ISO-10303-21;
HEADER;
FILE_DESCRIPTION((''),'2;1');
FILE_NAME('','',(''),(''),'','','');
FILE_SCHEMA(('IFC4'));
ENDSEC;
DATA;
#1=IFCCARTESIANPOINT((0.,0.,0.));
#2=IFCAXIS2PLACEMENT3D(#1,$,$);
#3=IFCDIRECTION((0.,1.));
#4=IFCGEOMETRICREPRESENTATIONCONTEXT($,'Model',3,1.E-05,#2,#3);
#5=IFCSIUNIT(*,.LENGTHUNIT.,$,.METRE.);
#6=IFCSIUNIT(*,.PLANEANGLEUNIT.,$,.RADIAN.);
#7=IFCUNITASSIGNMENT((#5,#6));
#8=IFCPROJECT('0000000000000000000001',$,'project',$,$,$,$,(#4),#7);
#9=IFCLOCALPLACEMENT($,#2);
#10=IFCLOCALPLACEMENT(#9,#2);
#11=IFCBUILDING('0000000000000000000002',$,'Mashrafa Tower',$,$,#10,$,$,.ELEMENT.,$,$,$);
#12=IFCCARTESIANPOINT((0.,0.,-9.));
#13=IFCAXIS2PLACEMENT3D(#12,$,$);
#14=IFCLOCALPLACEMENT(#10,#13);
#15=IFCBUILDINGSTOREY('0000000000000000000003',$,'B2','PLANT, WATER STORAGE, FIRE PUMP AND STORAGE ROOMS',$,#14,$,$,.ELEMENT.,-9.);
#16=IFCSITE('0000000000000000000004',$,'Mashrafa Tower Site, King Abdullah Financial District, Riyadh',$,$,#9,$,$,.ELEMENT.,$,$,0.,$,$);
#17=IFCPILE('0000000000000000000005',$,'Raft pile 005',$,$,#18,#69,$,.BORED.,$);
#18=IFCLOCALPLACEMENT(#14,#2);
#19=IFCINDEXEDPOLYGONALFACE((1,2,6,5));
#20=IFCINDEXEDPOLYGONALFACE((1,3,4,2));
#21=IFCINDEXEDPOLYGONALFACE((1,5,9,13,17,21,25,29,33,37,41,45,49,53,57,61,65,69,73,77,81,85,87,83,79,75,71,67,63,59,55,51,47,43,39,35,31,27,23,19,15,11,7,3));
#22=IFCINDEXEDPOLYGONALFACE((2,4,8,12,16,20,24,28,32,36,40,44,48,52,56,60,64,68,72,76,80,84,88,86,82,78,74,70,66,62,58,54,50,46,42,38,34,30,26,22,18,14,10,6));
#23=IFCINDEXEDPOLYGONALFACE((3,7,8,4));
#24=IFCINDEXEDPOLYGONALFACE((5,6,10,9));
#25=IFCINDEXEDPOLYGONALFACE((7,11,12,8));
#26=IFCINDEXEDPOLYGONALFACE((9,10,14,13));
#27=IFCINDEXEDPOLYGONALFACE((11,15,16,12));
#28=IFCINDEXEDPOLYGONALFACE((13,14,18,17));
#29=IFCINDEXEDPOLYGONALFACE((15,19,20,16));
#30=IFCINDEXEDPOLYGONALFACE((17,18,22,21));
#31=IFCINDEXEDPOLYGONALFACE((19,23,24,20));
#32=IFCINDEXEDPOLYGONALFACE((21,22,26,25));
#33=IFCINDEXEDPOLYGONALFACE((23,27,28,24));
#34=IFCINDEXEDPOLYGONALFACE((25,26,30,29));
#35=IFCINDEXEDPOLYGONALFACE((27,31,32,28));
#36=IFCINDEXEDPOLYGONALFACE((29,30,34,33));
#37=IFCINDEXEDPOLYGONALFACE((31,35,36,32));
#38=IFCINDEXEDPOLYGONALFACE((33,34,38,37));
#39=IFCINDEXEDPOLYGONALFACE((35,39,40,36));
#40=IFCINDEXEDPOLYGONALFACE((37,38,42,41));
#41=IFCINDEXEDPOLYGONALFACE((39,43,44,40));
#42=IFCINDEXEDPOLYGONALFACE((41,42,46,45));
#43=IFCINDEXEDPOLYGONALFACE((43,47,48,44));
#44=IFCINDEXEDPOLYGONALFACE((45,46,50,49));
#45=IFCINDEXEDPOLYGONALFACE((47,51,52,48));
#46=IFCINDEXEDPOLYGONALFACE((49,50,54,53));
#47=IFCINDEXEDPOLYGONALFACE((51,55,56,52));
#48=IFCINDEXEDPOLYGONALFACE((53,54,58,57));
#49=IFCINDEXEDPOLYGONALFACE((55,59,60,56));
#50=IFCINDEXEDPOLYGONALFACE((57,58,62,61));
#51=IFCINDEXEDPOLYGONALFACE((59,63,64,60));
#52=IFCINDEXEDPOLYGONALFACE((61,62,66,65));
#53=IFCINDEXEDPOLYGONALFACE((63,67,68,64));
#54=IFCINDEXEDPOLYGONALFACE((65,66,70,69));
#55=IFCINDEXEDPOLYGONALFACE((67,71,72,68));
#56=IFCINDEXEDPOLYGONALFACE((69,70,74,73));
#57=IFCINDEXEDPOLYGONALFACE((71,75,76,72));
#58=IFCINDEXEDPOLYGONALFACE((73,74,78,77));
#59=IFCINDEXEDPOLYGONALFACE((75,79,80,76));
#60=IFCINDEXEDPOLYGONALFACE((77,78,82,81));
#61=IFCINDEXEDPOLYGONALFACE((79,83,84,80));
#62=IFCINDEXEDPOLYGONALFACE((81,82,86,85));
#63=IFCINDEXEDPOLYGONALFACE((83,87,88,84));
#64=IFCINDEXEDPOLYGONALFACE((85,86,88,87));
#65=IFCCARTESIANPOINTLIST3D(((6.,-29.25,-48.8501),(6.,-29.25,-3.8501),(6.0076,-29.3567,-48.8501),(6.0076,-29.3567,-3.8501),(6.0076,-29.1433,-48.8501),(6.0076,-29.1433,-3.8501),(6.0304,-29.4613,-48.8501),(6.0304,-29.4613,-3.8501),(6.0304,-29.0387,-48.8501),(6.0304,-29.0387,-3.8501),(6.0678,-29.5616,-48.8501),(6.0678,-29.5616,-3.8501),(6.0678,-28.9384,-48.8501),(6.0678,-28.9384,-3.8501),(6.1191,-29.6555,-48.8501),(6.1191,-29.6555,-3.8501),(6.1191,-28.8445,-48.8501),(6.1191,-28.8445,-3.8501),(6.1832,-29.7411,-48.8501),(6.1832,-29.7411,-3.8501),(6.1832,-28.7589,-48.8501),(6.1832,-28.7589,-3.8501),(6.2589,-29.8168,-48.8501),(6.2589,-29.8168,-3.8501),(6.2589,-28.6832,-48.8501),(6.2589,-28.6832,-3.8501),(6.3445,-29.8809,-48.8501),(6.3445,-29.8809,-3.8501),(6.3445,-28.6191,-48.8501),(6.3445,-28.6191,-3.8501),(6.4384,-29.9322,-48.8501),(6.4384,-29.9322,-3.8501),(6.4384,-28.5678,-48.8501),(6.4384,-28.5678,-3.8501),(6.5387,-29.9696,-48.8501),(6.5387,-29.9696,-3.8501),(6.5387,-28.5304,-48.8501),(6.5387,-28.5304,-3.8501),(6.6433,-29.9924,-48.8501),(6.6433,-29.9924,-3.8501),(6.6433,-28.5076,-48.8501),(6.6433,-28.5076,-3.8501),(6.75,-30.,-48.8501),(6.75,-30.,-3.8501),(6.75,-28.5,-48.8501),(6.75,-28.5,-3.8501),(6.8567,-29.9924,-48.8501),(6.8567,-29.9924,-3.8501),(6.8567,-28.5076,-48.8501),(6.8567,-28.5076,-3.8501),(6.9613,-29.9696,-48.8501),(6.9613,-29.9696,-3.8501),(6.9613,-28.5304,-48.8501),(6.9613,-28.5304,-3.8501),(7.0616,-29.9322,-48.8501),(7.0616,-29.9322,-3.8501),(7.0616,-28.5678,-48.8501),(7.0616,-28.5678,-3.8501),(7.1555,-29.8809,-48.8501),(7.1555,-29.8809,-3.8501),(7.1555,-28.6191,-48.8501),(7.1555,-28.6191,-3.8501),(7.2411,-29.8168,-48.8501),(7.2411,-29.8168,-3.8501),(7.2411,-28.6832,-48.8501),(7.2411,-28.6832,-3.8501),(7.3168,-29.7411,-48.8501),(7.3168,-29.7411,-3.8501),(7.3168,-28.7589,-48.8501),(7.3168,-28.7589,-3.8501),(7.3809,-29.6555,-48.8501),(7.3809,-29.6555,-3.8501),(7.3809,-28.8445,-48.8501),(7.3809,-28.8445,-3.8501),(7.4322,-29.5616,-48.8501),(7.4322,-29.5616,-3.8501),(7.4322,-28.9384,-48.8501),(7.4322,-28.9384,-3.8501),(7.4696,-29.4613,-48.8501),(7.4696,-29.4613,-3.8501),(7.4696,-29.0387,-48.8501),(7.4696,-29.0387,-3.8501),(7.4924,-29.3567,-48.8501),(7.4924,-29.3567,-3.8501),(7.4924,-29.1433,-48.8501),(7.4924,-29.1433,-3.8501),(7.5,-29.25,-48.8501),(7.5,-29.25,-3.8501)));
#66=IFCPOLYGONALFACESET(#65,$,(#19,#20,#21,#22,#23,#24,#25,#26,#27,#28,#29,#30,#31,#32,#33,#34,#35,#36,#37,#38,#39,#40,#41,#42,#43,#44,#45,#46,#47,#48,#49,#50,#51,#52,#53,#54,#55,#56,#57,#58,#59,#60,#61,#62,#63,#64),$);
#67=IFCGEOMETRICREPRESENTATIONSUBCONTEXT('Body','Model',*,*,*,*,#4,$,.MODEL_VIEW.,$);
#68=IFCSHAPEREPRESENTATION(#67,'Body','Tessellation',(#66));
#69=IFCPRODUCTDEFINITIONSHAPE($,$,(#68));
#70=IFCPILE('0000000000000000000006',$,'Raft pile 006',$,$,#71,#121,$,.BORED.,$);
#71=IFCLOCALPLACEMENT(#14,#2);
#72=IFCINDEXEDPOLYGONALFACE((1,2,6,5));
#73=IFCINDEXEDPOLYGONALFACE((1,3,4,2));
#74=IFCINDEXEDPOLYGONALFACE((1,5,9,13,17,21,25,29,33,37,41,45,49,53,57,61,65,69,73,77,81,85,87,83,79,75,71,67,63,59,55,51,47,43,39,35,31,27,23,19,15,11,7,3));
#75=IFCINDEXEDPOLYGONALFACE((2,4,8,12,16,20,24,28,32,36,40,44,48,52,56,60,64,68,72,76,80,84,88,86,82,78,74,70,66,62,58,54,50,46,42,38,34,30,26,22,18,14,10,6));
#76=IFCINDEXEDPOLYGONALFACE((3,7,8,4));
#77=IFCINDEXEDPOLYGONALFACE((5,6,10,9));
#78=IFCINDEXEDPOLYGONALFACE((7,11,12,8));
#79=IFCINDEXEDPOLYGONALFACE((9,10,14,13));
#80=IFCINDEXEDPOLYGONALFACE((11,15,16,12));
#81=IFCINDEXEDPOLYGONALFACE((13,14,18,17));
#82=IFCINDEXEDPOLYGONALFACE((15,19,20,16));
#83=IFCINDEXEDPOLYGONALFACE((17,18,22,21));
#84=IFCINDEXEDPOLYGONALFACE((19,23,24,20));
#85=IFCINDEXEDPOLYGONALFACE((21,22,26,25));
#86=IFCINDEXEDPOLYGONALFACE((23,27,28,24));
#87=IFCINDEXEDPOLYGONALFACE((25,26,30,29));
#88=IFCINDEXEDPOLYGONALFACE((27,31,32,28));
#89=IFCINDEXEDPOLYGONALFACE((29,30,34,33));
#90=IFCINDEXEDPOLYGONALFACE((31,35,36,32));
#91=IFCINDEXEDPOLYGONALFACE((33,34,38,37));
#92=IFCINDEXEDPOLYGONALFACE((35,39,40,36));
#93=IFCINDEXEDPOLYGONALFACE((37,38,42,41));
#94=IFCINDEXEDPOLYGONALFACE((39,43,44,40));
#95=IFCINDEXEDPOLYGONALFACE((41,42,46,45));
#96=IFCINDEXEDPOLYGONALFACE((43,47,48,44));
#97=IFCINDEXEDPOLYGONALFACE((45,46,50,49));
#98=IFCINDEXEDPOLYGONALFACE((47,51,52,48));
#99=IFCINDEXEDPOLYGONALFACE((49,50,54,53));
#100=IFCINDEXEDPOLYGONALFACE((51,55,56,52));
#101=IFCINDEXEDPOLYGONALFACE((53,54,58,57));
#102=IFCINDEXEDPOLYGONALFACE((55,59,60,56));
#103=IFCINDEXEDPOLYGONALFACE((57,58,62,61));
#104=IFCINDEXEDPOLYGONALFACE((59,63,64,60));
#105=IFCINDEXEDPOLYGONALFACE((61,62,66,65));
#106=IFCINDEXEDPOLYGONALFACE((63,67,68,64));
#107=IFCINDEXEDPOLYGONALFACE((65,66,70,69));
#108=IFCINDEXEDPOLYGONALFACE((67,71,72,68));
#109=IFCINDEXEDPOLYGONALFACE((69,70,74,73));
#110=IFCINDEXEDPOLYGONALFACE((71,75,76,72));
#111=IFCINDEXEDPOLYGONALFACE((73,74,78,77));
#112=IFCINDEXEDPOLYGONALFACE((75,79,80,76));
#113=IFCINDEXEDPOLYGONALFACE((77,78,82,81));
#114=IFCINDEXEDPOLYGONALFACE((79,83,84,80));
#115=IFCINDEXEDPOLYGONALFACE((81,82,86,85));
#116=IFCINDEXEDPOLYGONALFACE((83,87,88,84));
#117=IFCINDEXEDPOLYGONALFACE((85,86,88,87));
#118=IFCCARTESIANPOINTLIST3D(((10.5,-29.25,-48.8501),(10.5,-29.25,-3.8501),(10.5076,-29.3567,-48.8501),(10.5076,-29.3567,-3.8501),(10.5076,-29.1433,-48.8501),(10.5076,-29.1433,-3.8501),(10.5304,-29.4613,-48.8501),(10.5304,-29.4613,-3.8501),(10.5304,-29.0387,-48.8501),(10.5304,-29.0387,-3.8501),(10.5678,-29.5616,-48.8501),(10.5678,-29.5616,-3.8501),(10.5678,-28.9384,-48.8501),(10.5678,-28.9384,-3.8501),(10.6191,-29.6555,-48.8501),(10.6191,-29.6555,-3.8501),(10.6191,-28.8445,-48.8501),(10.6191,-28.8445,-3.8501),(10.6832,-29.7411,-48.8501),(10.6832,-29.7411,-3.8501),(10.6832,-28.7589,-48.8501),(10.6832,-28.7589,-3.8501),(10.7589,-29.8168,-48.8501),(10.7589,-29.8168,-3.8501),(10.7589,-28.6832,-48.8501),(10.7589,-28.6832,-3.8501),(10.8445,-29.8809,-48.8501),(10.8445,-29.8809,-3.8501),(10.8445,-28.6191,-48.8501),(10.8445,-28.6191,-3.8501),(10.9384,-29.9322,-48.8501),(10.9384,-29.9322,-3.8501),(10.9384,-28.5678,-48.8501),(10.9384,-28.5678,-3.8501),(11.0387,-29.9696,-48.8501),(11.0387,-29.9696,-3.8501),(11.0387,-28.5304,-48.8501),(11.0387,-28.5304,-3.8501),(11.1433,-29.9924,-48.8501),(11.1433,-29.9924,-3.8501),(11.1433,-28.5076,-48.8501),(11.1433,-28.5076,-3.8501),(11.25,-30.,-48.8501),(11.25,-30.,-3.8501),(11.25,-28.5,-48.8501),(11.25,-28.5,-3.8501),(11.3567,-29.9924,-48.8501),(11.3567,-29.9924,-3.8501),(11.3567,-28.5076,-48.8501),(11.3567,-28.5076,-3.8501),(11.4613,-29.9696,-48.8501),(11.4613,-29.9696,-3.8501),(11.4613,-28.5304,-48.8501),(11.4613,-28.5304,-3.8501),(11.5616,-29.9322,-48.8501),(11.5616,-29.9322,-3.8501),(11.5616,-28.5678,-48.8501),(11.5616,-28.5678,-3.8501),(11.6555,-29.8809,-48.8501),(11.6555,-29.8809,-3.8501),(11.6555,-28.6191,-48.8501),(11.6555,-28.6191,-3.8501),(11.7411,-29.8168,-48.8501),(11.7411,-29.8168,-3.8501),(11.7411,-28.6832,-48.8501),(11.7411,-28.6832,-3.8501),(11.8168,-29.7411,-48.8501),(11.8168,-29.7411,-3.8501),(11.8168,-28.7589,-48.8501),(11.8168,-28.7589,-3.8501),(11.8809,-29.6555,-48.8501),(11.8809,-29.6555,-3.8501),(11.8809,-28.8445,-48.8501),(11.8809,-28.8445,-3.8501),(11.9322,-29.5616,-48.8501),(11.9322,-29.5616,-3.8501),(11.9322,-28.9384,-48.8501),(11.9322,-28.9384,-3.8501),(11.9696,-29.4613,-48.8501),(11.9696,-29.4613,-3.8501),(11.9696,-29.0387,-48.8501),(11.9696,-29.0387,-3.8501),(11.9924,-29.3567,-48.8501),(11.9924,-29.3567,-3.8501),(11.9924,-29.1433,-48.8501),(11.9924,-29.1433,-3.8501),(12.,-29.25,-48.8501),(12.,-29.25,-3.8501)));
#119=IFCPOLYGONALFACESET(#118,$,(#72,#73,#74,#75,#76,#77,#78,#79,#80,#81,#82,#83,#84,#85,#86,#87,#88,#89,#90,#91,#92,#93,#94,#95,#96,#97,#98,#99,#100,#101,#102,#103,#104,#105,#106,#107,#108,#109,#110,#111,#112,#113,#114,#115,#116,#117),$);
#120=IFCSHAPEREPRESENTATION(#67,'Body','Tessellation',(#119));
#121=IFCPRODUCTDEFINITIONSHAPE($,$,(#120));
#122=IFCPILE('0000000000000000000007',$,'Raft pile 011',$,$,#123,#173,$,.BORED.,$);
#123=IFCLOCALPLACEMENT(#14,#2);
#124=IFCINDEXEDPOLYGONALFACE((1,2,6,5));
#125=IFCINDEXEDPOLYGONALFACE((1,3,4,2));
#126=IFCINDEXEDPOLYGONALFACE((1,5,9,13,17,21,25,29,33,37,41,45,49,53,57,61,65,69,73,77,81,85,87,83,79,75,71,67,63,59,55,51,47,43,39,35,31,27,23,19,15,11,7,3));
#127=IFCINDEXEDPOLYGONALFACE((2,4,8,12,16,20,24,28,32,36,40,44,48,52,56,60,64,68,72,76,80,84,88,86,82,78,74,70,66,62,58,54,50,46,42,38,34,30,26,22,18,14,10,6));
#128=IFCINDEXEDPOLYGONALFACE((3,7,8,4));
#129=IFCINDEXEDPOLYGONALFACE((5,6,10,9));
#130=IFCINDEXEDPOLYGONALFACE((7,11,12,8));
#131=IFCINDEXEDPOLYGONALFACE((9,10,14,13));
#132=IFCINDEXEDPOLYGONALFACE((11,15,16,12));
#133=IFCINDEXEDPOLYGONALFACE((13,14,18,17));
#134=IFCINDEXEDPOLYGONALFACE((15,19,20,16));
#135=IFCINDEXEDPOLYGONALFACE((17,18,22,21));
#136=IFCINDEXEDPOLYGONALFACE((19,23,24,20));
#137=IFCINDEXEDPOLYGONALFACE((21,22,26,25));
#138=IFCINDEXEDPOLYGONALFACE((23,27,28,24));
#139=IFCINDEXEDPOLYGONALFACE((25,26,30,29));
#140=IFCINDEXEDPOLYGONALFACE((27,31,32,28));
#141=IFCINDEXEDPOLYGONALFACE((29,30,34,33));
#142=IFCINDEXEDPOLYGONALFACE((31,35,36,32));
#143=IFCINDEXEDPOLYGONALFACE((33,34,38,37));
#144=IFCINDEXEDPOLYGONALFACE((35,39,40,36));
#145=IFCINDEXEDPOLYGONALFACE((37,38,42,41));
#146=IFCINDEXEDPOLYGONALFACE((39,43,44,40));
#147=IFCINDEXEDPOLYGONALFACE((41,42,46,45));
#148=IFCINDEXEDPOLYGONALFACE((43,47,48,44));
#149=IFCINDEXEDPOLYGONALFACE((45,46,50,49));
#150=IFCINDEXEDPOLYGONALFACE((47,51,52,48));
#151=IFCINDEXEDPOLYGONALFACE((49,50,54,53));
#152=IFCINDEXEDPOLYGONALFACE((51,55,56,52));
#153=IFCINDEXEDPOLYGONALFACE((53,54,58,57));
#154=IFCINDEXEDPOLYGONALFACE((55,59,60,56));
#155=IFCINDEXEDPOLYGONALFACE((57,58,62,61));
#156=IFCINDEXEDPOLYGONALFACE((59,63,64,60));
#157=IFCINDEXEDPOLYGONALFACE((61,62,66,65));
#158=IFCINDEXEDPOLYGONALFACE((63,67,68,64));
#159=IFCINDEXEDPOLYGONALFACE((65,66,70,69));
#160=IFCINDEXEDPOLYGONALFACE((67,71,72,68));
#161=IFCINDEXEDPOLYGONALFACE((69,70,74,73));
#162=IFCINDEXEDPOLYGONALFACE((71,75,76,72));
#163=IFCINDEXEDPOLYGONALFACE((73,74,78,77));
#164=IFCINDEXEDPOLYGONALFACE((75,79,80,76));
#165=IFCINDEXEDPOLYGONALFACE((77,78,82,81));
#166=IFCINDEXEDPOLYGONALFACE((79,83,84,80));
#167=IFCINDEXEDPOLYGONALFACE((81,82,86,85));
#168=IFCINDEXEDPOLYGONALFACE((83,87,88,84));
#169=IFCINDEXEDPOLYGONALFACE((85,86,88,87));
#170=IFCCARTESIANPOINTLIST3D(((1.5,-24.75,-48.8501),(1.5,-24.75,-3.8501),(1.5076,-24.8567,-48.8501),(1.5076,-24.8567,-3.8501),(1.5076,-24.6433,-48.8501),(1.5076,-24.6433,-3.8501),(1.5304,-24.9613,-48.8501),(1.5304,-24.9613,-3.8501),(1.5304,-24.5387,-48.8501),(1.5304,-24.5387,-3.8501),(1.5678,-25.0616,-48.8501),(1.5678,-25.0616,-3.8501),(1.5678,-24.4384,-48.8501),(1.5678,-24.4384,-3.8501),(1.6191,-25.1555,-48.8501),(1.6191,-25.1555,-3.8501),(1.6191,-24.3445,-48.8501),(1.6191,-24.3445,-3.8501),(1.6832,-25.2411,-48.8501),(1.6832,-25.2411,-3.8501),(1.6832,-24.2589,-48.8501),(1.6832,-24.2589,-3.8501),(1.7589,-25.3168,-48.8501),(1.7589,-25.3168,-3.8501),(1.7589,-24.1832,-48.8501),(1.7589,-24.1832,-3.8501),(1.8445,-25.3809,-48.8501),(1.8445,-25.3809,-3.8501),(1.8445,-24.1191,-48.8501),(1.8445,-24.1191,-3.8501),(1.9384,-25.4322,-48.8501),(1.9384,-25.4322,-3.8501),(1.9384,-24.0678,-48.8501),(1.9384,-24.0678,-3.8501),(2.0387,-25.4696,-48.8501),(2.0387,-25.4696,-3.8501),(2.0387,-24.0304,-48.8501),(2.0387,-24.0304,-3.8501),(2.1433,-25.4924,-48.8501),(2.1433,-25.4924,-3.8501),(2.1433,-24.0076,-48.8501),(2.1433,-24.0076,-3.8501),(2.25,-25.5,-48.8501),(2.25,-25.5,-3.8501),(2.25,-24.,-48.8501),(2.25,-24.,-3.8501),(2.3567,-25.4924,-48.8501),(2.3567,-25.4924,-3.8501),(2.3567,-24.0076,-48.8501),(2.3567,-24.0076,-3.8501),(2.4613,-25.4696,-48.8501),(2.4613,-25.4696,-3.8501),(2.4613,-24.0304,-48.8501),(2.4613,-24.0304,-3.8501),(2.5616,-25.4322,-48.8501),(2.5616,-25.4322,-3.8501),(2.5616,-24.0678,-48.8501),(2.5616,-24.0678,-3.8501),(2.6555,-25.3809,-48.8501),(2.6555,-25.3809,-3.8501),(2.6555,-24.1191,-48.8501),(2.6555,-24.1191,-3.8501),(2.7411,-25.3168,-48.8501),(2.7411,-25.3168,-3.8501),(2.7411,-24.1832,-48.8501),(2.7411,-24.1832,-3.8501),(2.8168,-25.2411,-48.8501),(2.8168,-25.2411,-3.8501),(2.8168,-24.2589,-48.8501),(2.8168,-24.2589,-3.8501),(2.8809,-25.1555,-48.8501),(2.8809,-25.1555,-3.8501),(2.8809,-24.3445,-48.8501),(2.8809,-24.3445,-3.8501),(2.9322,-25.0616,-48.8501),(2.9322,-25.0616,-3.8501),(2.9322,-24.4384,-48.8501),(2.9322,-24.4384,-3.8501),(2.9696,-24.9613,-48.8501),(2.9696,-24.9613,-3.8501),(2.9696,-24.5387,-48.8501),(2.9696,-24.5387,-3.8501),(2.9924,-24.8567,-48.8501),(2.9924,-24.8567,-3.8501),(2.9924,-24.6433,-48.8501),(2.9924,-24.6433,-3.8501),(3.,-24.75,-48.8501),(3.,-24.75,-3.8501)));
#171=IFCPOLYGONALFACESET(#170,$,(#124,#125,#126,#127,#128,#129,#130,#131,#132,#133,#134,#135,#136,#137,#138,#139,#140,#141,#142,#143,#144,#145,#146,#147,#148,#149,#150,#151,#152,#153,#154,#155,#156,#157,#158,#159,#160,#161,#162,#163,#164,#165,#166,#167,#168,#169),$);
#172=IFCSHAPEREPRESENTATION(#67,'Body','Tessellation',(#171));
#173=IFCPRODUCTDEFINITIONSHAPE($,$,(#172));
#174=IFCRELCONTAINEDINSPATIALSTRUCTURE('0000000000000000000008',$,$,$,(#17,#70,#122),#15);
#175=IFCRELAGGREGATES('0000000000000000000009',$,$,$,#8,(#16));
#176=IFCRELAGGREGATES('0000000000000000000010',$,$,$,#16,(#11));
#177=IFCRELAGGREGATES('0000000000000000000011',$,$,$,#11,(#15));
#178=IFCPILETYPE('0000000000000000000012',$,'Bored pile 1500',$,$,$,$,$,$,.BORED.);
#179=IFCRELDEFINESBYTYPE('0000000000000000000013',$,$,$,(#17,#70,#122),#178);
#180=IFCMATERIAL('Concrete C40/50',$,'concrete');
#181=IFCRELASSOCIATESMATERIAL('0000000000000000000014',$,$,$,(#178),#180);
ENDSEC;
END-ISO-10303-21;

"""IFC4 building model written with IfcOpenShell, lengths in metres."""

from ifc_helpers import new_model, si_unit, direction, frame, origin, origin_2d, place, context, subcontext, project, spatial, circle, extrude, material, material_profile, profile_set, type_object, element, save


model = new_model("IFC4")

# Units and contexts
model_context = context("Model", 3, precision=1e-05, world=origin(), true_north=direction((0.0, 1.0)))
body_context = subcontext(model_context, "Body", "Model", "MODEL_VIEW")
ifc_project = project(units=[si_unit("LENGTHUNIT", "METRE"), si_unit("PLANEANGLEUNIT", "RADIAN")], contexts=[model_context])

# Site, building, storey
site_placement = place(None, origin())
site = spatial("IfcSite", under=ifc_project, at=site_placement, Name="Mashrafa Tower Site, King Abdullah Financial District, Riyadh", CompositionType="ELEMENT", RefElevation=0.0)
building_placement = place(site_placement, origin())
building = spatial("IfcBuilding", under=site, at=building_placement, Name="Mashrafa Tower", CompositionType="ELEMENT")
storey_placement = place(building_placement, frame((0.0, 0.0, -9.0)))
storey = spatial("IfcBuildingStorey", under=building, at=storey_placement, Name="B2", Description="PLANT, WATER STORAGE, FIRE PUMP AND STORAGE ROOMS", CompositionType="ELEMENT", Elevation=-9.0)

# Piles
ifc_material_1 = material(Name="Concrete C40/50", Category="concrete")
ifc_material_profile_1 = material_profile(ifc_material_1, circle(Radius=0.75, at=origin_2d()), Name="1500 DIA")
ifc_profile_set_1 = profile_set([ifc_material_profile_1], Name="Concrete C40/50")
pile_type_1 = type_object("IfcPileType", Name="Bored pile 1500", PredefinedType="BORED", material=ifc_profile_set_1)
for number, where, z_axis, x_axis, name in (
    (1, (6.75, -29.25, -3.8501), (0.0, 0.0, -1.0), (1.0, 0.0, 0.0), "Raft pile 005"),
    (2, (11.25, -29.25, -3.8501), (0.0, 0.0, -1.0), (1.0, 0.0, 0.0), "Raft pile 006"),
    (3, (2.25, -24.75, -3.8501), (0.0, 0.0, -1.0), (1.0, 0.0, 0.0), "Raft pile 011"),
):
    element("IfcPile", number, at=place(storey_placement, frame(where, z_axis=z_axis, x_axis=x_axis)), inside=storey, type_object=pile_type_1, Name=name, PredefinedType="BORED", context=body_context, shape_type="SweptSolid", body=[
        extrude(circle(Radius=0.75, at=origin_2d()), origin(), (0.0, 0.0, 1.0), 45.0),
    ])

save(model, "model.ifc")
